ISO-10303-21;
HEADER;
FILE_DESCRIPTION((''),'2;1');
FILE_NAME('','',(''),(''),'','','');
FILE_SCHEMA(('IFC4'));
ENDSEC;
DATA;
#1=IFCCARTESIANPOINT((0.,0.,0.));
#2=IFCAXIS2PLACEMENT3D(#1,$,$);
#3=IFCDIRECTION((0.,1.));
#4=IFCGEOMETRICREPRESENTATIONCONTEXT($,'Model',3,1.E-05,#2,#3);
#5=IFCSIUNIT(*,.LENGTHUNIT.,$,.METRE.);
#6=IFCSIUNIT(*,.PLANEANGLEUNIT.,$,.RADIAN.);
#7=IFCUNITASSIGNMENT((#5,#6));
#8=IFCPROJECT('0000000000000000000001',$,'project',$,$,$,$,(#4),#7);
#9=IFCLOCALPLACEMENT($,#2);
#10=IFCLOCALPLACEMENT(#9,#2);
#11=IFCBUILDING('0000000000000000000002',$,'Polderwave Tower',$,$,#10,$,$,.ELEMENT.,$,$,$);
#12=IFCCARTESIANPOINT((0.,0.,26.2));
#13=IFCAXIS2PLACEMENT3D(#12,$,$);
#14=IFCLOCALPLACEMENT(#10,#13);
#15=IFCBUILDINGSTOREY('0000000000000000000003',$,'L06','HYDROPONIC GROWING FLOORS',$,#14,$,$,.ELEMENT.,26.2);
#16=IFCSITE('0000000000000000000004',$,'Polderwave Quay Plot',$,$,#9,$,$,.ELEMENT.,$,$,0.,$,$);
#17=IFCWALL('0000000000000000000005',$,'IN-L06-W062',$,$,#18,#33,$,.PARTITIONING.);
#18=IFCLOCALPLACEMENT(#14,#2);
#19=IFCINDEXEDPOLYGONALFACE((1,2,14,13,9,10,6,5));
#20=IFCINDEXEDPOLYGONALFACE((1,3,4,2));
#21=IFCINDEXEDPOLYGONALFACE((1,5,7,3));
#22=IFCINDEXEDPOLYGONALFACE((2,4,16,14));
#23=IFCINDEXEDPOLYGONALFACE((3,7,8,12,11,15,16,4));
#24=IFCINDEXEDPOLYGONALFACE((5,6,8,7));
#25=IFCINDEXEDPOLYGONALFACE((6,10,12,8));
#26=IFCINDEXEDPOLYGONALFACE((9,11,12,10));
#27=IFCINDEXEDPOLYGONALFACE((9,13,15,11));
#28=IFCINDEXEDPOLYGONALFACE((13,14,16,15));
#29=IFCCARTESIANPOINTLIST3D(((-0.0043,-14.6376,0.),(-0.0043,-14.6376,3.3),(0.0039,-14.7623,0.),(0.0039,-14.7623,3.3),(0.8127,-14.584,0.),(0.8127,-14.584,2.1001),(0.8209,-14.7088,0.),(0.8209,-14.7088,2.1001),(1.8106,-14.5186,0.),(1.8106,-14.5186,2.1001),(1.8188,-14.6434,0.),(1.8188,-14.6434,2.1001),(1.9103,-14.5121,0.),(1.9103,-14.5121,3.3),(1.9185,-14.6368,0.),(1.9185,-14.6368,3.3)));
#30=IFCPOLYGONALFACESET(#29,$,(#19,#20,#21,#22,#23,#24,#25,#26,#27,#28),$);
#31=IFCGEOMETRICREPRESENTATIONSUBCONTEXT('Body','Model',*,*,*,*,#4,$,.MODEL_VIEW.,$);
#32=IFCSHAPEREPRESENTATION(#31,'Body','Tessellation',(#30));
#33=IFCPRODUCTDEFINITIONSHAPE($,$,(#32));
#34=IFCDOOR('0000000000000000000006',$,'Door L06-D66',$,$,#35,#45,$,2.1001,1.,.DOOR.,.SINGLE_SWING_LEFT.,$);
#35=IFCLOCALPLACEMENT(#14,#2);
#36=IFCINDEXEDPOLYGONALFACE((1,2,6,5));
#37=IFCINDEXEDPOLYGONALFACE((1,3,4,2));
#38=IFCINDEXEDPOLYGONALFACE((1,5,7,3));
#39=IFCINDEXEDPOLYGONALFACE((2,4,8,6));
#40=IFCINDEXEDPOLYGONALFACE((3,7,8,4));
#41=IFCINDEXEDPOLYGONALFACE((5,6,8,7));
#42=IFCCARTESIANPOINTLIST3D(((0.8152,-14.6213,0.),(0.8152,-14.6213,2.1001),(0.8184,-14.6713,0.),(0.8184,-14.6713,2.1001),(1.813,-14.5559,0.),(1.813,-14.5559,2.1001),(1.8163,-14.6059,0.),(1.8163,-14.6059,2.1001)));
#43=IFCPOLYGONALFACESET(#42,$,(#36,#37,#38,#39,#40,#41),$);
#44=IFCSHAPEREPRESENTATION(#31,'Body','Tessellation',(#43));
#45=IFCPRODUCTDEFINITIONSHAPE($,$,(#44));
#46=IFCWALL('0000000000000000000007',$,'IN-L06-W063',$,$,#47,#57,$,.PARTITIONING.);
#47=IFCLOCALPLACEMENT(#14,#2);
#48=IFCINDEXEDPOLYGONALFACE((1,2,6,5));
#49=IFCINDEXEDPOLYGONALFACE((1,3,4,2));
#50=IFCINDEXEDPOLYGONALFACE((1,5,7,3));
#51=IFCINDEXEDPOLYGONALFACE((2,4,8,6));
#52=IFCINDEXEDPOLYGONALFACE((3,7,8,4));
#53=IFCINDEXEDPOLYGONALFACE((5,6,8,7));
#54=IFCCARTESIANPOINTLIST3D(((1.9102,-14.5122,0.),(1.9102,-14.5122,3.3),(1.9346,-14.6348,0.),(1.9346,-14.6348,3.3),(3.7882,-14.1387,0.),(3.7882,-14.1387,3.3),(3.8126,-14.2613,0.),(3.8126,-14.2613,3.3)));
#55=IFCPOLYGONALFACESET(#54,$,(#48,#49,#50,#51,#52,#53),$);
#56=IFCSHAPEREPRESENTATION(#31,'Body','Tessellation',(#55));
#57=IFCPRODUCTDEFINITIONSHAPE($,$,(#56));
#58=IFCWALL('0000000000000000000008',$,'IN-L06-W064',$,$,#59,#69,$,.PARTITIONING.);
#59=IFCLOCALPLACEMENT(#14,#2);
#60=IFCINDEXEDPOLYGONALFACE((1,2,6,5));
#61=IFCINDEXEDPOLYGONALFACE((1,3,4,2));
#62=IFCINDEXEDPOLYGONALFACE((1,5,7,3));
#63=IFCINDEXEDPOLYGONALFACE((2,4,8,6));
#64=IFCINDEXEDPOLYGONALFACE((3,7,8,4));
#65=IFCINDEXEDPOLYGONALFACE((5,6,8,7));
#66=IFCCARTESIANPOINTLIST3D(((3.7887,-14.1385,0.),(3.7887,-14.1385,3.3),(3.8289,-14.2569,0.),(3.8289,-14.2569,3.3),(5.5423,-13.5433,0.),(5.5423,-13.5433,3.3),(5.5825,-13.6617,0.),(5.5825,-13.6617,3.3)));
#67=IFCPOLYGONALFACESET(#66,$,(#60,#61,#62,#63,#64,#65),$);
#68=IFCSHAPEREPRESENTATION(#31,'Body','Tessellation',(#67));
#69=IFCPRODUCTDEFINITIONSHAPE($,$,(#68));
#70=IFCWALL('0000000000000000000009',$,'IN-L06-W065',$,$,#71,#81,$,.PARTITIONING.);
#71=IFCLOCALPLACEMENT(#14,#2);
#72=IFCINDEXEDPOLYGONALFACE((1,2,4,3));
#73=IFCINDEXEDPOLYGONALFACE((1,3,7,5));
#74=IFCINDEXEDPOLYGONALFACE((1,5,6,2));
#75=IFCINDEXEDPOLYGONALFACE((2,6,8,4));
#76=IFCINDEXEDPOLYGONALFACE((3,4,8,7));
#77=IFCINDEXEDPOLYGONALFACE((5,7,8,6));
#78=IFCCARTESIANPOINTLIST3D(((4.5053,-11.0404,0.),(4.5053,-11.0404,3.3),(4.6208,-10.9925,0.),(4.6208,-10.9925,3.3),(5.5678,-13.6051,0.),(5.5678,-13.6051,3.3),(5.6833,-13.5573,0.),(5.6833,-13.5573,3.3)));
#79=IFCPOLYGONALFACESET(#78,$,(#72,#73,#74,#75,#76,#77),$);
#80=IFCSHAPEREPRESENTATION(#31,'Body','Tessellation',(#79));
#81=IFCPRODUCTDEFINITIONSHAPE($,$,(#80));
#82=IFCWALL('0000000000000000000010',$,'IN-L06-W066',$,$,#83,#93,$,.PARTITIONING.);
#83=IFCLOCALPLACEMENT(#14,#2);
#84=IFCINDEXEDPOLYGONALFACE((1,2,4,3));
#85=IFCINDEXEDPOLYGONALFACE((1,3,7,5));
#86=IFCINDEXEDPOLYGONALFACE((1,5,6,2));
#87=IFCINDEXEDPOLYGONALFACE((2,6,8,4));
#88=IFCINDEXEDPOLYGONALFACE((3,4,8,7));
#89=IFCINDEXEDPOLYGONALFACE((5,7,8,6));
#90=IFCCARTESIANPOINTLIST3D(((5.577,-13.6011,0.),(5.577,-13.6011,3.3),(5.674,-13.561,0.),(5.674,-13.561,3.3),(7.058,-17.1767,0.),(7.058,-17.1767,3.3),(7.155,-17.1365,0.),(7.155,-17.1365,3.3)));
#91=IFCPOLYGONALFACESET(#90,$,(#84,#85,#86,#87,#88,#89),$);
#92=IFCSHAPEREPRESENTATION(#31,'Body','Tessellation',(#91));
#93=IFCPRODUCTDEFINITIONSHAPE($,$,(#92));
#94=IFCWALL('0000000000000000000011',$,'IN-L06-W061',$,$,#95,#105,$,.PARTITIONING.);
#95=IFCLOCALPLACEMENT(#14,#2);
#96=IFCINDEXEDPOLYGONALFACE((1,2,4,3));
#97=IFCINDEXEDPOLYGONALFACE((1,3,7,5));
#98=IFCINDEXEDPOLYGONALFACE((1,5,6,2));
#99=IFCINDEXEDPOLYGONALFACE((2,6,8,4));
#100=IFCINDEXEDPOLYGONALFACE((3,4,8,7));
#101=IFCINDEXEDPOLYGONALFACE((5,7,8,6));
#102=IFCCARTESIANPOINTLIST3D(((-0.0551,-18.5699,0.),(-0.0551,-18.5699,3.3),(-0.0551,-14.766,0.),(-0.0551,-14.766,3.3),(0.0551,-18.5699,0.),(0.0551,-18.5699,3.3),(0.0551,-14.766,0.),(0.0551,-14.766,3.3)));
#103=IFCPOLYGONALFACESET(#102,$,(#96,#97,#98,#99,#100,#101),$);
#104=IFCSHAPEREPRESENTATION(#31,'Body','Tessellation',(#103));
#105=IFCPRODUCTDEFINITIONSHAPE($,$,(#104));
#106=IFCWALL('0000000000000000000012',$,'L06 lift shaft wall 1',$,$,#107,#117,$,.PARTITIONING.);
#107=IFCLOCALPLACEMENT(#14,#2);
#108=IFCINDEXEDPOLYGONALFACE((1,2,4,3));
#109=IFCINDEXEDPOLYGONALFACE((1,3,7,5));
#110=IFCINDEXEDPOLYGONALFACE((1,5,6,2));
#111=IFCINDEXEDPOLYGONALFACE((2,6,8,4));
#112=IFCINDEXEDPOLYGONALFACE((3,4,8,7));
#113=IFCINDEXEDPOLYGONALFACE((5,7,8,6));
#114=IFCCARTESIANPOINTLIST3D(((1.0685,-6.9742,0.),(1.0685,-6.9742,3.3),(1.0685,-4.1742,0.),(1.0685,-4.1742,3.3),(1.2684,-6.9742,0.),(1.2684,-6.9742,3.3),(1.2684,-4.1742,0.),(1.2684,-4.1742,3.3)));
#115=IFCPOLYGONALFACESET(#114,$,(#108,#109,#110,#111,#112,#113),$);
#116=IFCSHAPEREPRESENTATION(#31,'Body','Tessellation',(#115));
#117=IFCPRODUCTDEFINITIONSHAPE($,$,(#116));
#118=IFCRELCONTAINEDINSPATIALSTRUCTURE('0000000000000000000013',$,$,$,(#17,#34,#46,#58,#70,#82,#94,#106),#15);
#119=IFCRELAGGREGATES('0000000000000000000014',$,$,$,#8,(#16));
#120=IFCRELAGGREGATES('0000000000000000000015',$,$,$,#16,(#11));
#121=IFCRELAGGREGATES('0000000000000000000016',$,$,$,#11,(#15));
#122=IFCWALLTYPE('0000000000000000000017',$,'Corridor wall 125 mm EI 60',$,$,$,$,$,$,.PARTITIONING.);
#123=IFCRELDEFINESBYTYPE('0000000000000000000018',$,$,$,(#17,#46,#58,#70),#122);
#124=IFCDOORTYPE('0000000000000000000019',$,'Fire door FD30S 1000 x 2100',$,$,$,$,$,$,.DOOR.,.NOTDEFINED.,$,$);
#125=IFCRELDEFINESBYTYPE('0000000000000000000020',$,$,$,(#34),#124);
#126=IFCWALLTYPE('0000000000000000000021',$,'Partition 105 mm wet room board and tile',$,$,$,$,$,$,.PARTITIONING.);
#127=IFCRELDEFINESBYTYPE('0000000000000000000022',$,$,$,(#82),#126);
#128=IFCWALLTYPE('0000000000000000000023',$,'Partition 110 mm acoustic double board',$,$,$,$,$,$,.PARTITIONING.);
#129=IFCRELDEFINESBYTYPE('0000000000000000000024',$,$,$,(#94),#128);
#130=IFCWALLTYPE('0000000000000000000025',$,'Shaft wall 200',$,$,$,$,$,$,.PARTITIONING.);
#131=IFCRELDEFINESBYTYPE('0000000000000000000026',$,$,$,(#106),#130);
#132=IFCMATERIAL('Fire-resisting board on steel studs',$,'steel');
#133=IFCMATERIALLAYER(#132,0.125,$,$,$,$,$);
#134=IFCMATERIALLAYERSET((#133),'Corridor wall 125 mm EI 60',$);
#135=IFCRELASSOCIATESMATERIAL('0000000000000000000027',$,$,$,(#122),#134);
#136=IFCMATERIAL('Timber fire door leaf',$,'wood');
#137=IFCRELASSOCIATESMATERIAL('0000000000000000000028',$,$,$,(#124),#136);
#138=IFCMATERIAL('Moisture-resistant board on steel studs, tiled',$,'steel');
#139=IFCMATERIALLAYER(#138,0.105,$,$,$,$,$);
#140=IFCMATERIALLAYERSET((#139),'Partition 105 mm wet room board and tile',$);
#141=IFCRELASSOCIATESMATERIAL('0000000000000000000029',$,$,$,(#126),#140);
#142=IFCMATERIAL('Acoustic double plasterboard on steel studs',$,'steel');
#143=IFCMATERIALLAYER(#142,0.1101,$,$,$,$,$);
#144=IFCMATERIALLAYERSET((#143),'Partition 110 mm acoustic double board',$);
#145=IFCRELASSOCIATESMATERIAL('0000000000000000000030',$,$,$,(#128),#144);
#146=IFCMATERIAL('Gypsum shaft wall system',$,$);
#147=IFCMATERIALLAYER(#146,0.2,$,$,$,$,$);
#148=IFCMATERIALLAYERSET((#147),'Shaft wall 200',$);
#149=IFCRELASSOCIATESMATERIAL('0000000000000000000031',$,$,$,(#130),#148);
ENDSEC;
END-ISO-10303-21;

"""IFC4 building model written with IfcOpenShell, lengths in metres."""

from ifc_helpers import new_model, si_unit, direction, frame, frame_2d, origin, place, context, subcontext, project, spatial, rectangle, extrude, material, layer, layer_set, type_object, element, fill, save


model = new_model("IFC4")

# Units and contexts
model_context = context("Model", 3, precision=1e-05, world=origin(), true_north=direction((0.0, 1.0)))
body_context = subcontext(model_context, "Body", "Model", "MODEL_VIEW")
ifc_project = project(units=[si_unit("LENGTHUNIT", "METRE"), si_unit("PLANEANGLEUNIT", "RADIAN")], contexts=[model_context])

# Site, building, storey
site_placement = place(None, origin())
site = spatial("IfcSite", under=ifc_project, at=site_placement, Name="Polderwave Quay Plot", CompositionType="ELEMENT", RefElevation=0.0)
building_placement = place(site_placement, origin())
building = spatial("IfcBuilding", under=site, at=building_placement, Name="Polderwave Tower", CompositionType="ELEMENT")
storey_placement = place(building_placement, frame((0.0, 0.0, 26.2)))
storey = spatial("IfcBuildingStorey", under=building, at=storey_placement, Name="L06", Description="HYDROPONIC GROWING FLOORS", CompositionType="ELEMENT", Elevation=26.2)

# Shared definitions
ifc_material_1 = material(Name="Fire-resisting board on steel studs", Category="steel")
ifc_layer_1 = layer(ifc_material_1, 0.125)
ifc_layer_set_1 = layer_set([ifc_layer_1], Name="Corridor wall 125 mm EI 60")
wall_type_1 = type_object("IfcWallType", Name="Corridor wall 125 mm EI 60", PredefinedType="PARTITIONING", material=ifc_layer_set_1)

# Wall, opening, door
ifc_material_2 = material(Name="Timber fire door leaf", Category="wood")
door_type = type_object("IfcDoorType", Name="Fire door FD30S 1000 x 2100", OperationType="NOTDEFINED", PredefinedType="DOOR", material=ifc_material_2)
wall_1_placement = place(storey_placement, frame((1.9146, -14.5745, 0.0), z_axis=(0.0, 0.0, 1.0), x_axis=(-0.997859, -0.065404, 0.0)))
wall_1 = element("IfcWall", 1, at=wall_1_placement, inside=storey, type_object=wall_type_1, Name="IN-L06-W062", PredefinedType="PARTITIONING", context=body_context, shape_type="SweptSolid", body=[
    extrude(rectangle(XDim=1.9187, YDim=0.125, at=frame_2d((0.9595, 0.0))), origin(), (0.0, 0.0, 1.0), 3.3),
])
opening_1_placement = place(wall_1_placement, frame((0.1001, 0.0, 0.0)))
opening_1 = element("IfcOpeningElement", 2, at=opening_1_placement, cuts=wall_1, PredefinedType="OPENING", context=body_context, shape_type="SweptSolid", body=[
    extrude(rectangle(XDim=1.0, YDim=2.1001, at=frame_2d((0.5, 1.05))), frame((0.0, 0.0725, 0.0), z_axis=(0.0, -1.0, 0.0), x_axis=(1.0, 0.0, 0.0)), (0.0, 0.0, 1.0), 0.145),
])
door_1_placement = place(opening_1_placement, origin())
door_1 = element("IfcDoor", 3, at=door_1_placement, inside=storey, type_object=door_type, Name="Door L06-D66", OperationType="SINGLE_SWING_LEFT", OverallHeight=2.1001, OverallWidth=1.0, PredefinedType="DOOR", context=body_context, shape_type="SweptSolid", body=[
    extrude(rectangle(XDim=1.0, YDim=2.1001, at=frame_2d((0.5, 1.05))), frame((0.0, 0.0249, 0.0), z_axis=(0.0, -1.0, 0.0), x_axis=(1.0, 0.0, 0.0)), (0.0, 0.0, 1.0), 0.05),
])
fill(opening_1, door_1)

# Walls
wall_2_placement = place(storey_placement, frame((3.8005, -14.2, 0.0), z_axis=(0.0, 0.0, 1.0), x_axis=(-0.980786, -0.195086, 0.0)))
element("IfcWall", 4, at=wall_2_placement, inside=storey, type_object=wall_type_1, Name="IN-L06-W063", PredefinedType="PARTITIONING", context=body_context, shape_type="SweptSolid", body=[
    extrude(rectangle(XDim=1.9148, YDim=0.125, at=frame_2d((0.9575, 0.0))), origin(), (0.0, 0.0, 1.0), 3.3),
])
wall_3_placement = place(storey_placement, frame((5.5623, -13.6025, 0.0), z_axis=(0.0, 0.0, 1.0), x_axis=(-0.946942, -0.321404, 0.0)))
element("IfcWall", 5, at=wall_3_placement, inside=storey, type_object=wall_type_1, Name="IN-L06-W064", PredefinedType="PARTITIONING", context=body_context, shape_type="SweptSolid", body=[
    extrude(rectangle(XDim=1.8518, YDim=0.125, at=frame_2d((0.9258, 0.0))), origin(), (0.0, 0.0, 1.0), 3.3),
])
wall_4_placement = place(storey_placement, frame((4.563, -11.0164, 0.0), z_axis=(0.0, 0.0, 1.0), x_axis=(0.382735, -0.923858, 0.0)))
element("IfcWall", 6, at=wall_4_placement, inside=storey, type_object=wall_type_1, Name="IN-L06-W065", PredefinedType="PARTITIONING", context=body_context, shape_type="SweptSolid", body=[
    extrude(rectangle(XDim=2.7761, YDim=0.125, at=frame_2d((1.3882, 0.0))), origin(), (0.0, 0.0, 1.0), 3.3),
])
ifc_material_3 = material(Name="Moisture-resistant board on steel studs, tiled", Category="steel")
ifc_layer_2 = layer(ifc_material_3, 0.105)
ifc_layer_set_2 = layer_set([ifc_layer_2], Name="Partition 105 mm wet room board and tile")
wall_type_2 = type_object("IfcWallType", Name="Partition 105 mm wet room board and tile", PredefinedType="PARTITIONING", material=ifc_layer_set_2)
wall_5_placement = place(storey_placement, frame((5.6255, -13.5811, 0.0), z_axis=(0.0, 0.0, 1.0), x_axis=(0.382675, -0.923883, 0.0)))
element("IfcWall", 7, at=wall_5_placement, inside=storey, type_object=wall_type_2, Name="IN-L06-W066", PredefinedType="PARTITIONING", context=body_context, shape_type="SweptSolid", body=[
    extrude(rectangle(XDim=3.8701, YDim=0.105, at=frame_2d((1.9351, 0.0))), origin(), (0.0, 0.0, 1.0), 3.3),
])
ifc_material_4 = material(Name="Acoustic double plasterboard on steel studs", Category="steel")
ifc_layer_3 = layer(ifc_material_4, 0.1101)
ifc_layer_set_3 = layer_set([ifc_layer_3], Name="Partition 110 mm acoustic double board")
wall_type_3 = type_object("IfcWallType", Name="Partition 110 mm acoustic double board", PredefinedType="PARTITIONING", material=ifc_layer_set_3)
wall_6_placement = place(storey_placement, frame((0.0, -14.7661, 0.0), z_axis=(0.0, 0.0, 1.0), x_axis=(0.0, -1.0, 0.0)))
element("IfcWall", 8, at=wall_6_placement, inside=storey, type_object=wall_type_3, Name="IN-L06-W061", PredefinedType="PARTITIONING", context=body_context, shape_type="SweptSolid", body=[
    extrude(rectangle(XDim=3.804, YDim=0.1101, at=frame_2d((1.9019, 0.0))), origin(), (0.0, 0.0, 1.0), 3.3),
])
ifc_material_5 = material(Name="Gypsum shaft wall system")
ifc_layer_4 = layer(ifc_material_5, 0.2)
ifc_layer_set_4 = layer_set([ifc_layer_4], Name="Shaft wall 200")
wall_type_4 = type_object("IfcWallType", Name="Shaft wall 200", PredefinedType="PARTITIONING", material=ifc_layer_set_4)
wall_7_placement = place(storey_placement, frame((1.1685, -6.9741, 0.0), z_axis=(0.0, 0.0, 1.0), x_axis=(0.0, 1.0, 0.0)))
element("IfcWall", 9, at=wall_7_placement, inside=storey, type_object=wall_type_4, Name="L06 lift shaft wall 1", PredefinedType="PARTITIONING", context=body_context, shape_type="SweptSolid", body=[
    extrude(rectangle(XDim=2.8, YDim=0.2, at=frame_2d((1.3999, 0.0))), origin(), (0.0, 0.0, 1.0), 3.3),
])

save(model, "model.ifc")
